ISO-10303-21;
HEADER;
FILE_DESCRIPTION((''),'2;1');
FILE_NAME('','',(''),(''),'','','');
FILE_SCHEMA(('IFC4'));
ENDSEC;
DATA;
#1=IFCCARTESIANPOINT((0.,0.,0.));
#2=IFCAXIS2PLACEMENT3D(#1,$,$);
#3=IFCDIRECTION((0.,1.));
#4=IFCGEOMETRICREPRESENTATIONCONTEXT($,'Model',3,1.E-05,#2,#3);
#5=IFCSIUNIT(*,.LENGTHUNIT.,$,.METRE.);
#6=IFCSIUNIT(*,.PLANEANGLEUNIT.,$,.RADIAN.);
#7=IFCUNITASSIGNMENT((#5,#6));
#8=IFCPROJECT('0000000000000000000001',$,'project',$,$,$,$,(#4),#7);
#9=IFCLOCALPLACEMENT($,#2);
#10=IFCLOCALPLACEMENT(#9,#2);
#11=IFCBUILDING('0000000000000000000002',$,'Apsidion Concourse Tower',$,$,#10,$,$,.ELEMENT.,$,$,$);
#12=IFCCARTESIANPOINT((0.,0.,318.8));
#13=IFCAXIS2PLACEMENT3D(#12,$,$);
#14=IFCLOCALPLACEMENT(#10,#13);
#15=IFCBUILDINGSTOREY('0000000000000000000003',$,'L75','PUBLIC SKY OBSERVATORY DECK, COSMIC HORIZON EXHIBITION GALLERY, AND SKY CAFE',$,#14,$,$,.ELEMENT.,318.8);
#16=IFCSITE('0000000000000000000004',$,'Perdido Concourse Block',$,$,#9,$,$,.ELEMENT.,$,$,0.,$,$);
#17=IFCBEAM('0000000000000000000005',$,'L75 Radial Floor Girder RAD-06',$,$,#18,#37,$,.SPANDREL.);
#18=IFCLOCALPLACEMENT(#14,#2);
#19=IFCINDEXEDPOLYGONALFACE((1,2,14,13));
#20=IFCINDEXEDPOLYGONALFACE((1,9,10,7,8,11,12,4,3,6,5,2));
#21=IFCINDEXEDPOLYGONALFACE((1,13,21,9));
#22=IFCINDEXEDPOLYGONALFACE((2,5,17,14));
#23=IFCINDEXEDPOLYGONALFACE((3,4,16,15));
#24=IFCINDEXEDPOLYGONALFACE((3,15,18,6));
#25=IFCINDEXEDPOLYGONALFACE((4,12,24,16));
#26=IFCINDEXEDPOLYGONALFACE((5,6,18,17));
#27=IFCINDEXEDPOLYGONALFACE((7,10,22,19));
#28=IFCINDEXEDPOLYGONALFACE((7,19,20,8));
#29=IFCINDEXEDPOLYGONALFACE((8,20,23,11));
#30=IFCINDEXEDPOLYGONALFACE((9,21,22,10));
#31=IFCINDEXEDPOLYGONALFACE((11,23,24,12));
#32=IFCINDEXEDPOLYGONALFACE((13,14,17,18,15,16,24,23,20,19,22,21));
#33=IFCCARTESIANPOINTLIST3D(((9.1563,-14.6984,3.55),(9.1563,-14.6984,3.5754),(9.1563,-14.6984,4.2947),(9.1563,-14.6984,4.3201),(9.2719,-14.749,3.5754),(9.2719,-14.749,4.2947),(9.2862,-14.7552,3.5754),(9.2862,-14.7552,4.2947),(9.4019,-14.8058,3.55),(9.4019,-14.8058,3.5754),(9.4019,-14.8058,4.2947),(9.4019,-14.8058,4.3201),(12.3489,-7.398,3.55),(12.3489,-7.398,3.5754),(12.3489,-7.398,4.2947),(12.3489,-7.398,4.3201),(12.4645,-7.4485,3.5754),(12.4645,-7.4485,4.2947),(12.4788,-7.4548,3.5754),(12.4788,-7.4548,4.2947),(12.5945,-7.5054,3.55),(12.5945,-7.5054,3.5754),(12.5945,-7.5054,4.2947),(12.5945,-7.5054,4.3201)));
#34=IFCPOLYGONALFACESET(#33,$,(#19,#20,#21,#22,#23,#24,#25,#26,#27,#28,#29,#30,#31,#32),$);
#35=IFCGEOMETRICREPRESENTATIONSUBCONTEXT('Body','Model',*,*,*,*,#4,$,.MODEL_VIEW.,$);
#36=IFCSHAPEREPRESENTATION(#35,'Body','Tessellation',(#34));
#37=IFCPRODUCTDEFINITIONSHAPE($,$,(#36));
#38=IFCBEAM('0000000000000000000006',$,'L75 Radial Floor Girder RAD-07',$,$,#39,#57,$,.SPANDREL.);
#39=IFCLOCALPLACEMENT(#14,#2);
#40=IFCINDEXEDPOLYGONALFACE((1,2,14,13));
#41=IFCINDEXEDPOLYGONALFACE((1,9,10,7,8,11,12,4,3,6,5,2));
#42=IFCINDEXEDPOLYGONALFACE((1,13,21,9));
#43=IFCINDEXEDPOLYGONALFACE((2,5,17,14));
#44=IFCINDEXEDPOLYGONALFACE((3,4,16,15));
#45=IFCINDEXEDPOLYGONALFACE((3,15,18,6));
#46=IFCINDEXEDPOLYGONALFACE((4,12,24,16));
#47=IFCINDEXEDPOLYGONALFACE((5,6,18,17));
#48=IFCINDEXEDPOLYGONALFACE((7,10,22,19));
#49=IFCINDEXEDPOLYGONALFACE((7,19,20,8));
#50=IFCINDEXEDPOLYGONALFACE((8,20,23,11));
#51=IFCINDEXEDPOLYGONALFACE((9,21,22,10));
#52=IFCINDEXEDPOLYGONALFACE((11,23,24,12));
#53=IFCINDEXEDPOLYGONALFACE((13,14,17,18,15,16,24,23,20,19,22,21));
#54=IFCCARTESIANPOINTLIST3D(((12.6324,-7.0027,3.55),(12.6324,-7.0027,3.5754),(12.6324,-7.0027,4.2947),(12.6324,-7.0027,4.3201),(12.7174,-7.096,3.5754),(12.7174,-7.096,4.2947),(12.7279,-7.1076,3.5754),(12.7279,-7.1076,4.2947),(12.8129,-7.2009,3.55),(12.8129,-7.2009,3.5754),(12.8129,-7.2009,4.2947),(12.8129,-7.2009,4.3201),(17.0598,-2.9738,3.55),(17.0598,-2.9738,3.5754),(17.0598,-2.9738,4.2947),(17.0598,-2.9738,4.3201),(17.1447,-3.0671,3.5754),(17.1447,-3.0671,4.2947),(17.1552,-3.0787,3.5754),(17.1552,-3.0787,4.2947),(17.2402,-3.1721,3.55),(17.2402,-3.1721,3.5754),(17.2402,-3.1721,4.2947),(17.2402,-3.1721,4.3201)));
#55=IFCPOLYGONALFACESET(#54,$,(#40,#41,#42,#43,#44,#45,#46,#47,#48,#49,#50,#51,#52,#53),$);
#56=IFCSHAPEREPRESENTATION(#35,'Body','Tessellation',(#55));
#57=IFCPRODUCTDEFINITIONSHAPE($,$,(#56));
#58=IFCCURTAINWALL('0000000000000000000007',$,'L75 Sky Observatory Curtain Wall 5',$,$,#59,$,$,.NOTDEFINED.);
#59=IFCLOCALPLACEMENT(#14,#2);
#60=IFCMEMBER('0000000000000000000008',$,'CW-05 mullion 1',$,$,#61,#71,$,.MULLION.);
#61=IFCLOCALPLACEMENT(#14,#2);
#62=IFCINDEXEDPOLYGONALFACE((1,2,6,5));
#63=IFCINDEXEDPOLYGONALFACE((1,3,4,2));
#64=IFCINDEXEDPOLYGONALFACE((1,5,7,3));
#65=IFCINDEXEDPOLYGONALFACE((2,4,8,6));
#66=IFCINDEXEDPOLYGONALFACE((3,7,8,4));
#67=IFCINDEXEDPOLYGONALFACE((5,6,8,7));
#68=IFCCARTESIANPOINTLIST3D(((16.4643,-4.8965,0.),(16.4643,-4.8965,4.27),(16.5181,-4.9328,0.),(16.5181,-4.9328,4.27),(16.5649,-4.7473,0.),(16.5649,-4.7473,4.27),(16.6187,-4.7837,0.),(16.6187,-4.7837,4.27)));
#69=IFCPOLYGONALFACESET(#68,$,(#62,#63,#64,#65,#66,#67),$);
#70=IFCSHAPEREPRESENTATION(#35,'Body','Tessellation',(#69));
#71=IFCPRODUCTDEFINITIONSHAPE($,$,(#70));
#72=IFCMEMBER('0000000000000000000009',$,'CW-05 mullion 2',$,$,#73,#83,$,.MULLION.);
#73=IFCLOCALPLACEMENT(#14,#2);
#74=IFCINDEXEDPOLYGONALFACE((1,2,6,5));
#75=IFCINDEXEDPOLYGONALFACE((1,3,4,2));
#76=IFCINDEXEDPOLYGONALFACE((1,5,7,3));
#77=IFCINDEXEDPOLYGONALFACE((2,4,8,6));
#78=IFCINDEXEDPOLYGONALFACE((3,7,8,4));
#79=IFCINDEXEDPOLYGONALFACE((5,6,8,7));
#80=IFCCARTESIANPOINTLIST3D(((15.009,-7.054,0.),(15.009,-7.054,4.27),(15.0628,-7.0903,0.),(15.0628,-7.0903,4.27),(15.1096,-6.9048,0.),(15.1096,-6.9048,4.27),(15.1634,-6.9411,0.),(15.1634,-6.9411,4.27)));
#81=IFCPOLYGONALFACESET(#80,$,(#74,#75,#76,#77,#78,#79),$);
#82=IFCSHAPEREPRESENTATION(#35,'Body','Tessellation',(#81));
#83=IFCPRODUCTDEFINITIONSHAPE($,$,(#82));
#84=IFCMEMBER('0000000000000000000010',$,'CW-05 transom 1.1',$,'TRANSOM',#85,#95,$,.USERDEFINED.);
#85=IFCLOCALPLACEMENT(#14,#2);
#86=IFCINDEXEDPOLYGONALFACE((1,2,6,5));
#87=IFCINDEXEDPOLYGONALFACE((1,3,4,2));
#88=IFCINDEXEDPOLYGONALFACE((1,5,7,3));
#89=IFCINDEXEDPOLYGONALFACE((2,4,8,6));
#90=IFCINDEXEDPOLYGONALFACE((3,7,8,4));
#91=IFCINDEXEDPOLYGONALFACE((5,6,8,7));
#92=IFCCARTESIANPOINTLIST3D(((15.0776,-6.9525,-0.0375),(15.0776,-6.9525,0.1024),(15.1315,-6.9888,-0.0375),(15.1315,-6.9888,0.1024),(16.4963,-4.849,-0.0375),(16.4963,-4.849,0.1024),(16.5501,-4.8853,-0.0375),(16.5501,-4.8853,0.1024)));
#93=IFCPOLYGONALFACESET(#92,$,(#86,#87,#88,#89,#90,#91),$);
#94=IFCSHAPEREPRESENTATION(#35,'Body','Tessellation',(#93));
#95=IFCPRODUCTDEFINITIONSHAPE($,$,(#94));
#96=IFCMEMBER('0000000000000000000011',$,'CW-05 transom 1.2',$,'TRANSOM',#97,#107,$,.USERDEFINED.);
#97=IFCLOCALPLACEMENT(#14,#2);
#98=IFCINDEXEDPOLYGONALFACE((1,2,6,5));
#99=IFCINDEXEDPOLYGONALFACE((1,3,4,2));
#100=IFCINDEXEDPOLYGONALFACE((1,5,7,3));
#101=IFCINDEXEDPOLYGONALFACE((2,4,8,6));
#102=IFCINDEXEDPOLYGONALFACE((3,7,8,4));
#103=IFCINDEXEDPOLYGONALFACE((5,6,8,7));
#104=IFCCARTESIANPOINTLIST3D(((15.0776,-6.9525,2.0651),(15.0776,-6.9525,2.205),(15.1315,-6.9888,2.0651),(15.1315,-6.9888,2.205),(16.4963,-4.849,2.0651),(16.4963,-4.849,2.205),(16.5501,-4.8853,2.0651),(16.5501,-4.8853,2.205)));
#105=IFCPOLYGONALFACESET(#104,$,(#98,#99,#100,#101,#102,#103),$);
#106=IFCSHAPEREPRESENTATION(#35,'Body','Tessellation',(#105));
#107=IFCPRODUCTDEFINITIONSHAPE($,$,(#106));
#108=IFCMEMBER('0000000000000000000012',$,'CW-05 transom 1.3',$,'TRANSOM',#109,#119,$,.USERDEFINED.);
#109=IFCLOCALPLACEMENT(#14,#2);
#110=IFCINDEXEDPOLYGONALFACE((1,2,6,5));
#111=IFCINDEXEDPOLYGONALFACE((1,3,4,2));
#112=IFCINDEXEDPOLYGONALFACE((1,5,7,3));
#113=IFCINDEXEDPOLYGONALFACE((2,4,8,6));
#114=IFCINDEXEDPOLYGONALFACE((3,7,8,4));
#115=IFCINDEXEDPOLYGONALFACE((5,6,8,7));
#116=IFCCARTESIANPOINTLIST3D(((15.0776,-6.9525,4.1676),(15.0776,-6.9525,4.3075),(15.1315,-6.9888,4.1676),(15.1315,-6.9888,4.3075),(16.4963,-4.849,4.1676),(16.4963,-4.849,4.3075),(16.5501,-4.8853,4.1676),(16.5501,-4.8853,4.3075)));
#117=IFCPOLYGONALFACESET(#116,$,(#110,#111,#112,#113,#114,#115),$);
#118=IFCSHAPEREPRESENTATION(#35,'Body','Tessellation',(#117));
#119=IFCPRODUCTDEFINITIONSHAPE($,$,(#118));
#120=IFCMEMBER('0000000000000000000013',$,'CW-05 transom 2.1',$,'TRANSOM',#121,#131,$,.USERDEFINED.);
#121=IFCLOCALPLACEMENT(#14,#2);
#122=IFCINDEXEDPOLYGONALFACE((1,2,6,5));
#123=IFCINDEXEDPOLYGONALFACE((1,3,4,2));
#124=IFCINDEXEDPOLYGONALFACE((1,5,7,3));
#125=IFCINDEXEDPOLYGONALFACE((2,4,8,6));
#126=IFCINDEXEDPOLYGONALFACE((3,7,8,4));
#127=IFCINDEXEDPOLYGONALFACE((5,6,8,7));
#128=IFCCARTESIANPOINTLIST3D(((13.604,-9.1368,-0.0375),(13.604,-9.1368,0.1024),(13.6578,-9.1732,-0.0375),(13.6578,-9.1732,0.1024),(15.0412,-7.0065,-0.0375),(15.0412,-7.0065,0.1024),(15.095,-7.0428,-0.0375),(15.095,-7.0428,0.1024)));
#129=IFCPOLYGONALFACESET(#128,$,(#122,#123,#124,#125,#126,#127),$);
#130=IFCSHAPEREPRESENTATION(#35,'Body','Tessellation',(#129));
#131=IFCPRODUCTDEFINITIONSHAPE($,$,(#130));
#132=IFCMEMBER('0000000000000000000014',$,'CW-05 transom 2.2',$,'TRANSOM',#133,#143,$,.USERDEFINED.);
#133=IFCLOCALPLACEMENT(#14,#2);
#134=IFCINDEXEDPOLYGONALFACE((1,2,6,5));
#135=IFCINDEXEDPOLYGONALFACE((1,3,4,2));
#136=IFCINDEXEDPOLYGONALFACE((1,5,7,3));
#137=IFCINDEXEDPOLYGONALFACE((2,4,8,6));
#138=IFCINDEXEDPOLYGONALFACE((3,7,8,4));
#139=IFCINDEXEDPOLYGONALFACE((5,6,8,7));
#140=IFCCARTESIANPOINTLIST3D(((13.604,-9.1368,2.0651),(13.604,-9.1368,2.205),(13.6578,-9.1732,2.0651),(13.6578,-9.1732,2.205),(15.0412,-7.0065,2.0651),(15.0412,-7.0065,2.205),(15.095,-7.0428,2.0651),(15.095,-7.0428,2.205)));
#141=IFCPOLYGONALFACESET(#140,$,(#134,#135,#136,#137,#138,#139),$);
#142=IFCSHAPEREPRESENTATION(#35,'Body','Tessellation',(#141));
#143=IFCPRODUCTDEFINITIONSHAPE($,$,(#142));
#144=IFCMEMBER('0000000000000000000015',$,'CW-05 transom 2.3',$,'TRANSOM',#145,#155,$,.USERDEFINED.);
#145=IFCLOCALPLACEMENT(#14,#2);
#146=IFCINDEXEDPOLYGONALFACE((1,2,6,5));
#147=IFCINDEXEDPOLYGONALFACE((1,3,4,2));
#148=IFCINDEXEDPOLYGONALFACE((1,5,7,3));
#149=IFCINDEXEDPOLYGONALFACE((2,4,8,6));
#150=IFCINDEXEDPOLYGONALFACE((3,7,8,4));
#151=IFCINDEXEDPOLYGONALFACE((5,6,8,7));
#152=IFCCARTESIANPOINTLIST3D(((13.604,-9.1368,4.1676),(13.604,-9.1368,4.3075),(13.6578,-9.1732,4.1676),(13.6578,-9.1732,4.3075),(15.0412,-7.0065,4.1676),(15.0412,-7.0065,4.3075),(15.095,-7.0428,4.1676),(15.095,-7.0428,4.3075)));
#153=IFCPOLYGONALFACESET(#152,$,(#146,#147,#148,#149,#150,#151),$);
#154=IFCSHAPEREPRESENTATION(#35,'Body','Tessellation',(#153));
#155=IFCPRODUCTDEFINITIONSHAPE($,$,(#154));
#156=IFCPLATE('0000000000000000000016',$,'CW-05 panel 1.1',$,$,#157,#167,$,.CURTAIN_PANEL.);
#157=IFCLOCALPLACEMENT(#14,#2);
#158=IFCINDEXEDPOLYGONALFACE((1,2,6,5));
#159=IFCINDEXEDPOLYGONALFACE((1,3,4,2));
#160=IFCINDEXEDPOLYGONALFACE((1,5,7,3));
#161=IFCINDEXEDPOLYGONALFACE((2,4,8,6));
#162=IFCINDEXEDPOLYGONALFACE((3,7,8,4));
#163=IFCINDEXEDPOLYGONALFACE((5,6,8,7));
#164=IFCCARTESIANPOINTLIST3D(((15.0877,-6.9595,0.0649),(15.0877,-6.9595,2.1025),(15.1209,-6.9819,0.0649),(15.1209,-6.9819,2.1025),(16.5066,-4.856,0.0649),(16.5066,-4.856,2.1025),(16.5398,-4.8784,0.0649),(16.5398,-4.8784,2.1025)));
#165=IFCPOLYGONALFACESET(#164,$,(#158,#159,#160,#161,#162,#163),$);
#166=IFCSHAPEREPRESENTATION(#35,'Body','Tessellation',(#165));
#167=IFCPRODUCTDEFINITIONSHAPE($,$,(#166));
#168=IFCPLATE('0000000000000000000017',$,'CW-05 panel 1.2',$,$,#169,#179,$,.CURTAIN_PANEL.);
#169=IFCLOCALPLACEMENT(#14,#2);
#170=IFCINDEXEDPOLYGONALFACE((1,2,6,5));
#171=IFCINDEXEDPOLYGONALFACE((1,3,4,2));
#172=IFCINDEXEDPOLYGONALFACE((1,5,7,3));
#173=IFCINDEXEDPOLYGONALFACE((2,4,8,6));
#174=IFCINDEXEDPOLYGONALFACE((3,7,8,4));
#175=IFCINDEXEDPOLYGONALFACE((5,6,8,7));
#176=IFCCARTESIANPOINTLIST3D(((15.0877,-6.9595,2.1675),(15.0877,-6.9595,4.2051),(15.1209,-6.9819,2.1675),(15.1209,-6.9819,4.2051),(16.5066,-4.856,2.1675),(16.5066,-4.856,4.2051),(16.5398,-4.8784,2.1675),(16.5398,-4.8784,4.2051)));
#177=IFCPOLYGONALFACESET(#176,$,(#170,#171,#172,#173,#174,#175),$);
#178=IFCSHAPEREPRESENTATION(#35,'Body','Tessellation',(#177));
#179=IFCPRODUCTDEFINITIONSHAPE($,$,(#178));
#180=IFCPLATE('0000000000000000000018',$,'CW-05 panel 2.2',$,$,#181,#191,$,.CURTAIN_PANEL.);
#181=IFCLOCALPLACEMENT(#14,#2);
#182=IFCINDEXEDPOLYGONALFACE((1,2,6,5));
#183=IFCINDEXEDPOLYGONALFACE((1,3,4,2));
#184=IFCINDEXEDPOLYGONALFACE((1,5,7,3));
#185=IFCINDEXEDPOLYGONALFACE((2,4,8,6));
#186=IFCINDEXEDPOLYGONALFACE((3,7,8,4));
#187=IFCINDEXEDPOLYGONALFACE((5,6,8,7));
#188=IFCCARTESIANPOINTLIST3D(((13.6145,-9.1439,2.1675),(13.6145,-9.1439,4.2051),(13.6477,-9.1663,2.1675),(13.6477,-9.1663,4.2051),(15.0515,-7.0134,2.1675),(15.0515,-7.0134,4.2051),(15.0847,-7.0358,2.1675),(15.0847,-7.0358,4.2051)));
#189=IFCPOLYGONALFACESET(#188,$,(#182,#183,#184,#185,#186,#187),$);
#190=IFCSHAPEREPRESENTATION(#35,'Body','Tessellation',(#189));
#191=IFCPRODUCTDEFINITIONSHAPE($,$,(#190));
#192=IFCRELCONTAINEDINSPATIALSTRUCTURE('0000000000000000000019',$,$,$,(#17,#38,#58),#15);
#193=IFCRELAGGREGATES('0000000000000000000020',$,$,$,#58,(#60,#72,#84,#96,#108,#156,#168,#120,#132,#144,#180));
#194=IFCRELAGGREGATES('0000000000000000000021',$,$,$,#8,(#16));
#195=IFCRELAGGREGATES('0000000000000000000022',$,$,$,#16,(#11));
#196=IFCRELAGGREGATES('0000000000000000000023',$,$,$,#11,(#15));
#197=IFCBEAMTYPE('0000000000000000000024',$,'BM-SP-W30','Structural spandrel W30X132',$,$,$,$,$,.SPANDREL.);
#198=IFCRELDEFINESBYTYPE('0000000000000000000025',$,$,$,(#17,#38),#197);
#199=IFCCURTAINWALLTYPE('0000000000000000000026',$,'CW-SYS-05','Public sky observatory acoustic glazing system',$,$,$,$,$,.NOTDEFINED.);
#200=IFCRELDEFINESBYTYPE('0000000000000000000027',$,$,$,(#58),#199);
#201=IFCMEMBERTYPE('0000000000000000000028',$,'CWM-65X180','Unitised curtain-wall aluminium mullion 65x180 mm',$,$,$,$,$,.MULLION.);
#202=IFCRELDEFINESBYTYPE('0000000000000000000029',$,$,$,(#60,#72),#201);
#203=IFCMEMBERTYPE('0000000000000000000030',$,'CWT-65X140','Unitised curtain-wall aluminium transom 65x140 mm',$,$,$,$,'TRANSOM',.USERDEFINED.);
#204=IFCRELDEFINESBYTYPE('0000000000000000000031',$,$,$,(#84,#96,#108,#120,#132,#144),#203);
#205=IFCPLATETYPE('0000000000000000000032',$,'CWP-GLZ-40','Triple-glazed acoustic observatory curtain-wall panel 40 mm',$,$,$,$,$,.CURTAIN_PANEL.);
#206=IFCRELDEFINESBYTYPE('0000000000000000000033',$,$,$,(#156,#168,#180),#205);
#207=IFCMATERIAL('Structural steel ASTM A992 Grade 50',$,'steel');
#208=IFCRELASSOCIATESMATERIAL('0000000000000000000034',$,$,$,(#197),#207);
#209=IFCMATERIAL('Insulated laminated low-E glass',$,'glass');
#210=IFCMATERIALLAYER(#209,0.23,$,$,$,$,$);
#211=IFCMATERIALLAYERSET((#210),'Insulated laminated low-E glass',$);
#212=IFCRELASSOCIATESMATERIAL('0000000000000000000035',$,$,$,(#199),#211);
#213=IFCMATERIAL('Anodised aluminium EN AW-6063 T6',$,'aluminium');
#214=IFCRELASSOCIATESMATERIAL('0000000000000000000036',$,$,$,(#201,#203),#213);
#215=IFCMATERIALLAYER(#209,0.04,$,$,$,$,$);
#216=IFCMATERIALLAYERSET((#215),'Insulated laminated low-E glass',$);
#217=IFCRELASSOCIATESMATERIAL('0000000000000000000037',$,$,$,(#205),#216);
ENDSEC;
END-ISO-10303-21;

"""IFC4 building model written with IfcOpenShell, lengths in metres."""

from ifc_helpers import new_model, si_unit, direction, frame, origin, origin_2d, place, context, subcontext, project, spatial, rectangle, i_section, extrude, material, layer, layer_set, material_profile, profile_set, type_object, element, aggregate, save


model = new_model("IFC4")

# Units and contexts
model_context = context("Model", 3, precision=1e-05, world=origin(), true_north=direction((0.0, 1.0)))
body_context = subcontext(model_context, "Body", "Model", "MODEL_VIEW")
ifc_project = project(units=[si_unit("LENGTHUNIT", "METRE"), si_unit("PLANEANGLEUNIT", "RADIAN")], contexts=[model_context])

# Site, building, storey
site_placement = place(None, origin())
site = spatial("IfcSite", under=ifc_project, at=site_placement, Name="Perdido Concourse Block", CompositionType="ELEMENT", RefElevation=0.0)
building_placement = place(site_placement, origin())
building = spatial("IfcBuilding", under=site, at=building_placement, Name="Apsidion Concourse Tower", CompositionType="ELEMENT")
storey_placement = place(building_placement, frame((0.0, 0.0, 318.8)))
storey = spatial("IfcBuildingStorey", under=building, at=storey_placement, Name="L75", Description="PUBLIC SKY OBSERVATORY DECK, COSMIC HORIZON EXHIBITION GALLERY, AND SKY CAFE", CompositionType="ELEMENT", Elevation=318.8)

# Shared definitions
ifc_material_1 = material(Name="Structural steel ASTM A992 Grade 50", Category="steel")

# Beams
ifc_material_profile_1 = material_profile(ifc_material_1, i_section(OverallWidth=0.2681, OverallDepth=0.77, WebThickness=0.0156, FlangeThickness=0.0254, at=origin_2d()), Name="W30X132")
ifc_profile_set_1 = profile_set([ifc_material_profile_1], Name="Structural steel ASTM A992 Grade 50")
beam_type_1 = type_object("IfcBeamType", Name="BM-SP-W30", Description="Structural spandrel W30X132", PredefinedType="SPANDREL", material=ifc_profile_set_1)
beam_1_placement = place(storey_placement, frame((12.4717, -7.4517, 3.9351), z_axis=(-0.400676, -0.91622, 0.0), x_axis=(0.91622, -0.400676, 0.0)))
element("IfcBeam", 1, at=beam_1_placement, inside=storey, type_object=beam_type_1, Name="L75 Radial Floor Girder RAD-06", PredefinedType="SPANDREL", context=body_context, shape_type="SweptSolid", body=[
    extrude(i_section(OverallWidth=0.2681, OverallDepth=0.77, WebThickness=0.0156, FlangeThickness=0.0254, at=origin_2d()), origin(), (0.0, 0.0, 1.0), 7.968),
])
beam_2_placement = place(storey_placement, frame((12.7227, -7.1018, 3.9351), z_axis=(0.739604, 0.673042, 0.0), x_axis=(-0.673042, 0.739604, 0.0)))
element("IfcBeam", 2, at=beam_2_placement, inside=storey, type_object=beam_type_1, Name="L75 Radial Floor Girder RAD-07", PredefinedType="SPANDREL", context=body_context, shape_type="SweptSolid", body=[
    extrude(i_section(OverallWidth=0.2681, OverallDepth=0.77, WebThickness=0.0156, FlangeThickness=0.0254, at=origin_2d()), origin(), (0.0, 0.0, 1.0), 5.9861),
])

# Curtain wall, members, plates
ifc_material_2 = material(Name="Insulated laminated low-E glass", Category="glass")
ifc_layer_1 = layer(ifc_material_2, 0.23)
ifc_layer_set_1 = layer_set([ifc_layer_1], Name="Insulated laminated low-E glass")
curtain_wall_type = type_object("IfcCurtainWallType", Name="CW-SYS-05", Description="Public sky observatory acoustic glazing system", PredefinedType="NOTDEFINED", material=ifc_layer_set_1)
curtain_wall_placement = place(storey_placement, origin())
curtain_wall = element("IfcCurtainWall", 3, at=curtain_wall_placement, inside=storey, type_object=curtain_wall_type, Name="L75 Sky Observatory Curtain Wall 5", PredefinedType="NOTDEFINED")
ifc_material_3 = material(Name="Anodised aluminium EN AW-6063 T6", Category="aluminium")
ifc_material_profile_2 = material_profile(ifc_material_3, rectangle(XDim=0.0649, YDim=0.1799, at=origin_2d()), Name="ALU MULLION 65x180")
ifc_profile_set_2 = profile_set([ifc_material_profile_2], Name="Anodised aluminium EN AW-6063 T6")
member_type_1 = type_object("IfcMemberType", Name="CWM-65X180", Description="Unitised curtain-wall aluminium mullion 65x180 mm", PredefinedType="MULLION", material=ifc_profile_set_2)
member_1_placement = place(storey_placement, frame((16.5415, -4.8401, 0.0), z_axis=(0.0, 0.0, 1.0), x_axis=(0.829037, -0.559194, 0.0)))
member_1 = element("IfcMember", 4, at=member_1_placement, type_object=member_type_1, Name="CW-05 mullion 1", PredefinedType="MULLION", context=body_context, shape_type="SweptSolid", body=[
    extrude(rectangle(XDim=0.0649, YDim=0.1799, at=origin_2d()), origin(), (0.0, 0.0, 1.0), 4.27),
])
member_2_placement = place(storey_placement, frame((15.0862, -6.9976, 0.0), z_axis=(0.0, 0.0, 1.0), x_axis=(0.829037, -0.559194, 0.0)))
member_2 = element("IfcMember", 5, at=member_2_placement, type_object=member_type_1, Name="CW-05 mullion 2", PredefinedType="MULLION", context=body_context, shape_type="SweptSolid", body=[
    extrude(rectangle(XDim=0.0649, YDim=0.1799, at=origin_2d()), origin(), (0.0, 0.0, 1.0), 4.27),
])
ifc_material_profile_3 = material_profile(ifc_material_3, rectangle(XDim=0.0649, YDim=0.1399, at=origin_2d()), Name="ALU TRANSOM 65x140")
ifc_profile_set_3 = profile_set([ifc_material_profile_3], Name="Anodised aluminium EN AW-6063 T6")
member_type_2 = type_object("IfcMemberType", Name="CWT-65X140", Description="Unitised curtain-wall aluminium transom 65x140 mm", ElementType="TRANSOM", PredefinedType="USERDEFINED", material=ifc_profile_set_3)
member_3_placement = place(storey_placement, frame((16.5232, -4.8672, 0.0325), z_axis=(-0.559156, -0.829063, 0.0), x_axis=(0.829063, -0.559156, 0.0)))
member_3 = element("IfcMember", 6, at=member_3_placement, type_object=member_type_2, Name="CW-05 transom 1.1", ObjectType="TRANSOM", PredefinedType="USERDEFINED", context=body_context, shape_type="SweptSolid", body=[
    extrude(rectangle(XDim=0.0649, YDim=0.1399, at=origin_2d()), origin(), (0.0, 0.0, 1.0), 2.5371),
])
member_4_placement = place(storey_placement, frame((16.5232, -4.8672, 2.135), z_axis=(-0.559156, -0.829063, 0.0), x_axis=(0.829063, -0.559156, 0.0)))
member_4 = element("IfcMember", 7, at=member_4_placement, type_object=member_type_2, Name="CW-05 transom 1.2", ObjectType="TRANSOM", PredefinedType="USERDEFINED", context=body_context, shape_type="SweptSolid", body=[
    extrude(rectangle(XDim=0.0649, YDim=0.1399, at=origin_2d()), origin(), (0.0, 0.0, 1.0), 2.5371),
])
member_5_placement = place(storey_placement, frame((16.5232, -4.8672, 4.2375), z_axis=(-0.559156, -0.829063, 0.0), x_axis=(0.829063, -0.559156, 0.0)))
member_5 = element("IfcMember", 8, at=member_5_placement, type_object=member_type_2, Name="CW-05 transom 1.3", ObjectType="TRANSOM", PredefinedType="USERDEFINED", context=body_context, shape_type="SweptSolid", body=[
    extrude(rectangle(XDim=0.0649, YDim=0.1399, at=origin_2d()), origin(), (0.0, 0.0, 1.0), 2.5371),
])
member_6_placement = place(storey_placement, frame((15.0681, -7.0247, 0.0325), z_axis=(-0.559274, -0.828983, 0.0), x_axis=(0.828983, -0.559274, 0.0)))
member_6 = element("IfcMember", 9, at=member_6_placement, type_object=member_type_2, Name="CW-05 transom 2.1", ObjectType="TRANSOM", PredefinedType="USERDEFINED", context=body_context, shape_type="SweptSolid", body=[
    extrude(rectangle(XDim=0.0649, YDim=0.1399, at=origin_2d()), origin(), (0.0, 0.0, 1.0), 2.5698),
])
member_7_placement = place(storey_placement, frame((15.0681, -7.0247, 2.135), z_axis=(-0.559274, -0.828983, 0.0), x_axis=(0.828983, -0.559274, 0.0)))
member_7 = element("IfcMember", 10, at=member_7_placement, type_object=member_type_2, Name="CW-05 transom 2.2", ObjectType="TRANSOM", PredefinedType="USERDEFINED", context=body_context, shape_type="SweptSolid", body=[
    extrude(rectangle(XDim=0.0649, YDim=0.1399, at=origin_2d()), origin(), (0.0, 0.0, 1.0), 2.5698),
])
member_8_placement = place(storey_placement, frame((15.0681, -7.0247, 4.2375), z_axis=(-0.559274, -0.828983, 0.0), x_axis=(0.828983, -0.559274, 0.0)))
member_8 = element("IfcMember", 11, at=member_8_placement, type_object=member_type_2, Name="CW-05 transom 2.3", ObjectType="TRANSOM", PredefinedType="USERDEFINED", context=body_context, shape_type="SweptSolid", body=[
    extrude(rectangle(XDim=0.0649, YDim=0.1399, at=origin_2d()), origin(), (0.0, 0.0, 1.0), 2.5698),
])
ifc_layer_2 = layer(ifc_material_2, 0.04)
ifc_layer_set_2 = layer_set([ifc_layer_2], Name="Insulated laminated low-E glass")
plate_type = type_object("IfcPlateType", Name="CWP-GLZ-40", Description="Triple-glazed acoustic observatory curtain-wall panel 40 mm", PredefinedType="CURTAIN_PANEL", material=ifc_layer_set_2)
plate_1_placement = place(storey_placement, frame((15.8137, -5.9189, 0.0649), z_axis=(0.0, 0.0, 1.0), x_axis=(-0.559194, -0.829037, 0.0)))
plate_1 = element("IfcPlate", 12, at=plate_1_placement, type_object=plate_type, Name="CW-05 panel 1.1", PredefinedType="CURTAIN_PANEL", context=body_context, shape_type="SweptSolid", body=[
    extrude(rectangle(XDim=2.5374, YDim=0.04, at=origin_2d()), origin(), (0.0, 0.0, 1.0), 2.0376),
])
plate_2_placement = place(storey_placement, frame((15.8137, -5.9189, 2.1675), z_axis=(0.0, 0.0, 1.0), x_axis=(-0.559194, -0.829037, 0.0)))
plate_2 = element("IfcPlate", 13, at=plate_2_placement, type_object=plate_type, Name="CW-05 panel 1.2", PredefinedType="CURTAIN_PANEL", context=body_context, shape_type="SweptSolid", body=[
    extrude(rectangle(XDim=2.5374, YDim=0.04, at=origin_2d()), origin(), (0.0, 0.0, 1.0), 2.0376),
])
plate_3_placement = place(storey_placement, frame((14.3496, -8.0898, 2.1675), z_axis=(0.0, 0.0, 1.0), x_axis=(-0.559194, -0.829037, 0.0)))
plate_3 = element("IfcPlate", 14, at=plate_3_placement, type_object=plate_type, Name="CW-05 panel 2.2", PredefinedType="CURTAIN_PANEL", context=body_context, shape_type="SweptSolid", body=[
    extrude(rectangle(XDim=2.5698, YDim=0.04, at=origin_2d()), origin(), (0.0, 0.0, 1.0), 2.0376),
])
aggregate(curtain_wall, [member_1, member_2, member_3, member_4, member_5, plate_1, plate_2, member_6, member_7, member_8, plate_3])

save(model, "model.ifc")
